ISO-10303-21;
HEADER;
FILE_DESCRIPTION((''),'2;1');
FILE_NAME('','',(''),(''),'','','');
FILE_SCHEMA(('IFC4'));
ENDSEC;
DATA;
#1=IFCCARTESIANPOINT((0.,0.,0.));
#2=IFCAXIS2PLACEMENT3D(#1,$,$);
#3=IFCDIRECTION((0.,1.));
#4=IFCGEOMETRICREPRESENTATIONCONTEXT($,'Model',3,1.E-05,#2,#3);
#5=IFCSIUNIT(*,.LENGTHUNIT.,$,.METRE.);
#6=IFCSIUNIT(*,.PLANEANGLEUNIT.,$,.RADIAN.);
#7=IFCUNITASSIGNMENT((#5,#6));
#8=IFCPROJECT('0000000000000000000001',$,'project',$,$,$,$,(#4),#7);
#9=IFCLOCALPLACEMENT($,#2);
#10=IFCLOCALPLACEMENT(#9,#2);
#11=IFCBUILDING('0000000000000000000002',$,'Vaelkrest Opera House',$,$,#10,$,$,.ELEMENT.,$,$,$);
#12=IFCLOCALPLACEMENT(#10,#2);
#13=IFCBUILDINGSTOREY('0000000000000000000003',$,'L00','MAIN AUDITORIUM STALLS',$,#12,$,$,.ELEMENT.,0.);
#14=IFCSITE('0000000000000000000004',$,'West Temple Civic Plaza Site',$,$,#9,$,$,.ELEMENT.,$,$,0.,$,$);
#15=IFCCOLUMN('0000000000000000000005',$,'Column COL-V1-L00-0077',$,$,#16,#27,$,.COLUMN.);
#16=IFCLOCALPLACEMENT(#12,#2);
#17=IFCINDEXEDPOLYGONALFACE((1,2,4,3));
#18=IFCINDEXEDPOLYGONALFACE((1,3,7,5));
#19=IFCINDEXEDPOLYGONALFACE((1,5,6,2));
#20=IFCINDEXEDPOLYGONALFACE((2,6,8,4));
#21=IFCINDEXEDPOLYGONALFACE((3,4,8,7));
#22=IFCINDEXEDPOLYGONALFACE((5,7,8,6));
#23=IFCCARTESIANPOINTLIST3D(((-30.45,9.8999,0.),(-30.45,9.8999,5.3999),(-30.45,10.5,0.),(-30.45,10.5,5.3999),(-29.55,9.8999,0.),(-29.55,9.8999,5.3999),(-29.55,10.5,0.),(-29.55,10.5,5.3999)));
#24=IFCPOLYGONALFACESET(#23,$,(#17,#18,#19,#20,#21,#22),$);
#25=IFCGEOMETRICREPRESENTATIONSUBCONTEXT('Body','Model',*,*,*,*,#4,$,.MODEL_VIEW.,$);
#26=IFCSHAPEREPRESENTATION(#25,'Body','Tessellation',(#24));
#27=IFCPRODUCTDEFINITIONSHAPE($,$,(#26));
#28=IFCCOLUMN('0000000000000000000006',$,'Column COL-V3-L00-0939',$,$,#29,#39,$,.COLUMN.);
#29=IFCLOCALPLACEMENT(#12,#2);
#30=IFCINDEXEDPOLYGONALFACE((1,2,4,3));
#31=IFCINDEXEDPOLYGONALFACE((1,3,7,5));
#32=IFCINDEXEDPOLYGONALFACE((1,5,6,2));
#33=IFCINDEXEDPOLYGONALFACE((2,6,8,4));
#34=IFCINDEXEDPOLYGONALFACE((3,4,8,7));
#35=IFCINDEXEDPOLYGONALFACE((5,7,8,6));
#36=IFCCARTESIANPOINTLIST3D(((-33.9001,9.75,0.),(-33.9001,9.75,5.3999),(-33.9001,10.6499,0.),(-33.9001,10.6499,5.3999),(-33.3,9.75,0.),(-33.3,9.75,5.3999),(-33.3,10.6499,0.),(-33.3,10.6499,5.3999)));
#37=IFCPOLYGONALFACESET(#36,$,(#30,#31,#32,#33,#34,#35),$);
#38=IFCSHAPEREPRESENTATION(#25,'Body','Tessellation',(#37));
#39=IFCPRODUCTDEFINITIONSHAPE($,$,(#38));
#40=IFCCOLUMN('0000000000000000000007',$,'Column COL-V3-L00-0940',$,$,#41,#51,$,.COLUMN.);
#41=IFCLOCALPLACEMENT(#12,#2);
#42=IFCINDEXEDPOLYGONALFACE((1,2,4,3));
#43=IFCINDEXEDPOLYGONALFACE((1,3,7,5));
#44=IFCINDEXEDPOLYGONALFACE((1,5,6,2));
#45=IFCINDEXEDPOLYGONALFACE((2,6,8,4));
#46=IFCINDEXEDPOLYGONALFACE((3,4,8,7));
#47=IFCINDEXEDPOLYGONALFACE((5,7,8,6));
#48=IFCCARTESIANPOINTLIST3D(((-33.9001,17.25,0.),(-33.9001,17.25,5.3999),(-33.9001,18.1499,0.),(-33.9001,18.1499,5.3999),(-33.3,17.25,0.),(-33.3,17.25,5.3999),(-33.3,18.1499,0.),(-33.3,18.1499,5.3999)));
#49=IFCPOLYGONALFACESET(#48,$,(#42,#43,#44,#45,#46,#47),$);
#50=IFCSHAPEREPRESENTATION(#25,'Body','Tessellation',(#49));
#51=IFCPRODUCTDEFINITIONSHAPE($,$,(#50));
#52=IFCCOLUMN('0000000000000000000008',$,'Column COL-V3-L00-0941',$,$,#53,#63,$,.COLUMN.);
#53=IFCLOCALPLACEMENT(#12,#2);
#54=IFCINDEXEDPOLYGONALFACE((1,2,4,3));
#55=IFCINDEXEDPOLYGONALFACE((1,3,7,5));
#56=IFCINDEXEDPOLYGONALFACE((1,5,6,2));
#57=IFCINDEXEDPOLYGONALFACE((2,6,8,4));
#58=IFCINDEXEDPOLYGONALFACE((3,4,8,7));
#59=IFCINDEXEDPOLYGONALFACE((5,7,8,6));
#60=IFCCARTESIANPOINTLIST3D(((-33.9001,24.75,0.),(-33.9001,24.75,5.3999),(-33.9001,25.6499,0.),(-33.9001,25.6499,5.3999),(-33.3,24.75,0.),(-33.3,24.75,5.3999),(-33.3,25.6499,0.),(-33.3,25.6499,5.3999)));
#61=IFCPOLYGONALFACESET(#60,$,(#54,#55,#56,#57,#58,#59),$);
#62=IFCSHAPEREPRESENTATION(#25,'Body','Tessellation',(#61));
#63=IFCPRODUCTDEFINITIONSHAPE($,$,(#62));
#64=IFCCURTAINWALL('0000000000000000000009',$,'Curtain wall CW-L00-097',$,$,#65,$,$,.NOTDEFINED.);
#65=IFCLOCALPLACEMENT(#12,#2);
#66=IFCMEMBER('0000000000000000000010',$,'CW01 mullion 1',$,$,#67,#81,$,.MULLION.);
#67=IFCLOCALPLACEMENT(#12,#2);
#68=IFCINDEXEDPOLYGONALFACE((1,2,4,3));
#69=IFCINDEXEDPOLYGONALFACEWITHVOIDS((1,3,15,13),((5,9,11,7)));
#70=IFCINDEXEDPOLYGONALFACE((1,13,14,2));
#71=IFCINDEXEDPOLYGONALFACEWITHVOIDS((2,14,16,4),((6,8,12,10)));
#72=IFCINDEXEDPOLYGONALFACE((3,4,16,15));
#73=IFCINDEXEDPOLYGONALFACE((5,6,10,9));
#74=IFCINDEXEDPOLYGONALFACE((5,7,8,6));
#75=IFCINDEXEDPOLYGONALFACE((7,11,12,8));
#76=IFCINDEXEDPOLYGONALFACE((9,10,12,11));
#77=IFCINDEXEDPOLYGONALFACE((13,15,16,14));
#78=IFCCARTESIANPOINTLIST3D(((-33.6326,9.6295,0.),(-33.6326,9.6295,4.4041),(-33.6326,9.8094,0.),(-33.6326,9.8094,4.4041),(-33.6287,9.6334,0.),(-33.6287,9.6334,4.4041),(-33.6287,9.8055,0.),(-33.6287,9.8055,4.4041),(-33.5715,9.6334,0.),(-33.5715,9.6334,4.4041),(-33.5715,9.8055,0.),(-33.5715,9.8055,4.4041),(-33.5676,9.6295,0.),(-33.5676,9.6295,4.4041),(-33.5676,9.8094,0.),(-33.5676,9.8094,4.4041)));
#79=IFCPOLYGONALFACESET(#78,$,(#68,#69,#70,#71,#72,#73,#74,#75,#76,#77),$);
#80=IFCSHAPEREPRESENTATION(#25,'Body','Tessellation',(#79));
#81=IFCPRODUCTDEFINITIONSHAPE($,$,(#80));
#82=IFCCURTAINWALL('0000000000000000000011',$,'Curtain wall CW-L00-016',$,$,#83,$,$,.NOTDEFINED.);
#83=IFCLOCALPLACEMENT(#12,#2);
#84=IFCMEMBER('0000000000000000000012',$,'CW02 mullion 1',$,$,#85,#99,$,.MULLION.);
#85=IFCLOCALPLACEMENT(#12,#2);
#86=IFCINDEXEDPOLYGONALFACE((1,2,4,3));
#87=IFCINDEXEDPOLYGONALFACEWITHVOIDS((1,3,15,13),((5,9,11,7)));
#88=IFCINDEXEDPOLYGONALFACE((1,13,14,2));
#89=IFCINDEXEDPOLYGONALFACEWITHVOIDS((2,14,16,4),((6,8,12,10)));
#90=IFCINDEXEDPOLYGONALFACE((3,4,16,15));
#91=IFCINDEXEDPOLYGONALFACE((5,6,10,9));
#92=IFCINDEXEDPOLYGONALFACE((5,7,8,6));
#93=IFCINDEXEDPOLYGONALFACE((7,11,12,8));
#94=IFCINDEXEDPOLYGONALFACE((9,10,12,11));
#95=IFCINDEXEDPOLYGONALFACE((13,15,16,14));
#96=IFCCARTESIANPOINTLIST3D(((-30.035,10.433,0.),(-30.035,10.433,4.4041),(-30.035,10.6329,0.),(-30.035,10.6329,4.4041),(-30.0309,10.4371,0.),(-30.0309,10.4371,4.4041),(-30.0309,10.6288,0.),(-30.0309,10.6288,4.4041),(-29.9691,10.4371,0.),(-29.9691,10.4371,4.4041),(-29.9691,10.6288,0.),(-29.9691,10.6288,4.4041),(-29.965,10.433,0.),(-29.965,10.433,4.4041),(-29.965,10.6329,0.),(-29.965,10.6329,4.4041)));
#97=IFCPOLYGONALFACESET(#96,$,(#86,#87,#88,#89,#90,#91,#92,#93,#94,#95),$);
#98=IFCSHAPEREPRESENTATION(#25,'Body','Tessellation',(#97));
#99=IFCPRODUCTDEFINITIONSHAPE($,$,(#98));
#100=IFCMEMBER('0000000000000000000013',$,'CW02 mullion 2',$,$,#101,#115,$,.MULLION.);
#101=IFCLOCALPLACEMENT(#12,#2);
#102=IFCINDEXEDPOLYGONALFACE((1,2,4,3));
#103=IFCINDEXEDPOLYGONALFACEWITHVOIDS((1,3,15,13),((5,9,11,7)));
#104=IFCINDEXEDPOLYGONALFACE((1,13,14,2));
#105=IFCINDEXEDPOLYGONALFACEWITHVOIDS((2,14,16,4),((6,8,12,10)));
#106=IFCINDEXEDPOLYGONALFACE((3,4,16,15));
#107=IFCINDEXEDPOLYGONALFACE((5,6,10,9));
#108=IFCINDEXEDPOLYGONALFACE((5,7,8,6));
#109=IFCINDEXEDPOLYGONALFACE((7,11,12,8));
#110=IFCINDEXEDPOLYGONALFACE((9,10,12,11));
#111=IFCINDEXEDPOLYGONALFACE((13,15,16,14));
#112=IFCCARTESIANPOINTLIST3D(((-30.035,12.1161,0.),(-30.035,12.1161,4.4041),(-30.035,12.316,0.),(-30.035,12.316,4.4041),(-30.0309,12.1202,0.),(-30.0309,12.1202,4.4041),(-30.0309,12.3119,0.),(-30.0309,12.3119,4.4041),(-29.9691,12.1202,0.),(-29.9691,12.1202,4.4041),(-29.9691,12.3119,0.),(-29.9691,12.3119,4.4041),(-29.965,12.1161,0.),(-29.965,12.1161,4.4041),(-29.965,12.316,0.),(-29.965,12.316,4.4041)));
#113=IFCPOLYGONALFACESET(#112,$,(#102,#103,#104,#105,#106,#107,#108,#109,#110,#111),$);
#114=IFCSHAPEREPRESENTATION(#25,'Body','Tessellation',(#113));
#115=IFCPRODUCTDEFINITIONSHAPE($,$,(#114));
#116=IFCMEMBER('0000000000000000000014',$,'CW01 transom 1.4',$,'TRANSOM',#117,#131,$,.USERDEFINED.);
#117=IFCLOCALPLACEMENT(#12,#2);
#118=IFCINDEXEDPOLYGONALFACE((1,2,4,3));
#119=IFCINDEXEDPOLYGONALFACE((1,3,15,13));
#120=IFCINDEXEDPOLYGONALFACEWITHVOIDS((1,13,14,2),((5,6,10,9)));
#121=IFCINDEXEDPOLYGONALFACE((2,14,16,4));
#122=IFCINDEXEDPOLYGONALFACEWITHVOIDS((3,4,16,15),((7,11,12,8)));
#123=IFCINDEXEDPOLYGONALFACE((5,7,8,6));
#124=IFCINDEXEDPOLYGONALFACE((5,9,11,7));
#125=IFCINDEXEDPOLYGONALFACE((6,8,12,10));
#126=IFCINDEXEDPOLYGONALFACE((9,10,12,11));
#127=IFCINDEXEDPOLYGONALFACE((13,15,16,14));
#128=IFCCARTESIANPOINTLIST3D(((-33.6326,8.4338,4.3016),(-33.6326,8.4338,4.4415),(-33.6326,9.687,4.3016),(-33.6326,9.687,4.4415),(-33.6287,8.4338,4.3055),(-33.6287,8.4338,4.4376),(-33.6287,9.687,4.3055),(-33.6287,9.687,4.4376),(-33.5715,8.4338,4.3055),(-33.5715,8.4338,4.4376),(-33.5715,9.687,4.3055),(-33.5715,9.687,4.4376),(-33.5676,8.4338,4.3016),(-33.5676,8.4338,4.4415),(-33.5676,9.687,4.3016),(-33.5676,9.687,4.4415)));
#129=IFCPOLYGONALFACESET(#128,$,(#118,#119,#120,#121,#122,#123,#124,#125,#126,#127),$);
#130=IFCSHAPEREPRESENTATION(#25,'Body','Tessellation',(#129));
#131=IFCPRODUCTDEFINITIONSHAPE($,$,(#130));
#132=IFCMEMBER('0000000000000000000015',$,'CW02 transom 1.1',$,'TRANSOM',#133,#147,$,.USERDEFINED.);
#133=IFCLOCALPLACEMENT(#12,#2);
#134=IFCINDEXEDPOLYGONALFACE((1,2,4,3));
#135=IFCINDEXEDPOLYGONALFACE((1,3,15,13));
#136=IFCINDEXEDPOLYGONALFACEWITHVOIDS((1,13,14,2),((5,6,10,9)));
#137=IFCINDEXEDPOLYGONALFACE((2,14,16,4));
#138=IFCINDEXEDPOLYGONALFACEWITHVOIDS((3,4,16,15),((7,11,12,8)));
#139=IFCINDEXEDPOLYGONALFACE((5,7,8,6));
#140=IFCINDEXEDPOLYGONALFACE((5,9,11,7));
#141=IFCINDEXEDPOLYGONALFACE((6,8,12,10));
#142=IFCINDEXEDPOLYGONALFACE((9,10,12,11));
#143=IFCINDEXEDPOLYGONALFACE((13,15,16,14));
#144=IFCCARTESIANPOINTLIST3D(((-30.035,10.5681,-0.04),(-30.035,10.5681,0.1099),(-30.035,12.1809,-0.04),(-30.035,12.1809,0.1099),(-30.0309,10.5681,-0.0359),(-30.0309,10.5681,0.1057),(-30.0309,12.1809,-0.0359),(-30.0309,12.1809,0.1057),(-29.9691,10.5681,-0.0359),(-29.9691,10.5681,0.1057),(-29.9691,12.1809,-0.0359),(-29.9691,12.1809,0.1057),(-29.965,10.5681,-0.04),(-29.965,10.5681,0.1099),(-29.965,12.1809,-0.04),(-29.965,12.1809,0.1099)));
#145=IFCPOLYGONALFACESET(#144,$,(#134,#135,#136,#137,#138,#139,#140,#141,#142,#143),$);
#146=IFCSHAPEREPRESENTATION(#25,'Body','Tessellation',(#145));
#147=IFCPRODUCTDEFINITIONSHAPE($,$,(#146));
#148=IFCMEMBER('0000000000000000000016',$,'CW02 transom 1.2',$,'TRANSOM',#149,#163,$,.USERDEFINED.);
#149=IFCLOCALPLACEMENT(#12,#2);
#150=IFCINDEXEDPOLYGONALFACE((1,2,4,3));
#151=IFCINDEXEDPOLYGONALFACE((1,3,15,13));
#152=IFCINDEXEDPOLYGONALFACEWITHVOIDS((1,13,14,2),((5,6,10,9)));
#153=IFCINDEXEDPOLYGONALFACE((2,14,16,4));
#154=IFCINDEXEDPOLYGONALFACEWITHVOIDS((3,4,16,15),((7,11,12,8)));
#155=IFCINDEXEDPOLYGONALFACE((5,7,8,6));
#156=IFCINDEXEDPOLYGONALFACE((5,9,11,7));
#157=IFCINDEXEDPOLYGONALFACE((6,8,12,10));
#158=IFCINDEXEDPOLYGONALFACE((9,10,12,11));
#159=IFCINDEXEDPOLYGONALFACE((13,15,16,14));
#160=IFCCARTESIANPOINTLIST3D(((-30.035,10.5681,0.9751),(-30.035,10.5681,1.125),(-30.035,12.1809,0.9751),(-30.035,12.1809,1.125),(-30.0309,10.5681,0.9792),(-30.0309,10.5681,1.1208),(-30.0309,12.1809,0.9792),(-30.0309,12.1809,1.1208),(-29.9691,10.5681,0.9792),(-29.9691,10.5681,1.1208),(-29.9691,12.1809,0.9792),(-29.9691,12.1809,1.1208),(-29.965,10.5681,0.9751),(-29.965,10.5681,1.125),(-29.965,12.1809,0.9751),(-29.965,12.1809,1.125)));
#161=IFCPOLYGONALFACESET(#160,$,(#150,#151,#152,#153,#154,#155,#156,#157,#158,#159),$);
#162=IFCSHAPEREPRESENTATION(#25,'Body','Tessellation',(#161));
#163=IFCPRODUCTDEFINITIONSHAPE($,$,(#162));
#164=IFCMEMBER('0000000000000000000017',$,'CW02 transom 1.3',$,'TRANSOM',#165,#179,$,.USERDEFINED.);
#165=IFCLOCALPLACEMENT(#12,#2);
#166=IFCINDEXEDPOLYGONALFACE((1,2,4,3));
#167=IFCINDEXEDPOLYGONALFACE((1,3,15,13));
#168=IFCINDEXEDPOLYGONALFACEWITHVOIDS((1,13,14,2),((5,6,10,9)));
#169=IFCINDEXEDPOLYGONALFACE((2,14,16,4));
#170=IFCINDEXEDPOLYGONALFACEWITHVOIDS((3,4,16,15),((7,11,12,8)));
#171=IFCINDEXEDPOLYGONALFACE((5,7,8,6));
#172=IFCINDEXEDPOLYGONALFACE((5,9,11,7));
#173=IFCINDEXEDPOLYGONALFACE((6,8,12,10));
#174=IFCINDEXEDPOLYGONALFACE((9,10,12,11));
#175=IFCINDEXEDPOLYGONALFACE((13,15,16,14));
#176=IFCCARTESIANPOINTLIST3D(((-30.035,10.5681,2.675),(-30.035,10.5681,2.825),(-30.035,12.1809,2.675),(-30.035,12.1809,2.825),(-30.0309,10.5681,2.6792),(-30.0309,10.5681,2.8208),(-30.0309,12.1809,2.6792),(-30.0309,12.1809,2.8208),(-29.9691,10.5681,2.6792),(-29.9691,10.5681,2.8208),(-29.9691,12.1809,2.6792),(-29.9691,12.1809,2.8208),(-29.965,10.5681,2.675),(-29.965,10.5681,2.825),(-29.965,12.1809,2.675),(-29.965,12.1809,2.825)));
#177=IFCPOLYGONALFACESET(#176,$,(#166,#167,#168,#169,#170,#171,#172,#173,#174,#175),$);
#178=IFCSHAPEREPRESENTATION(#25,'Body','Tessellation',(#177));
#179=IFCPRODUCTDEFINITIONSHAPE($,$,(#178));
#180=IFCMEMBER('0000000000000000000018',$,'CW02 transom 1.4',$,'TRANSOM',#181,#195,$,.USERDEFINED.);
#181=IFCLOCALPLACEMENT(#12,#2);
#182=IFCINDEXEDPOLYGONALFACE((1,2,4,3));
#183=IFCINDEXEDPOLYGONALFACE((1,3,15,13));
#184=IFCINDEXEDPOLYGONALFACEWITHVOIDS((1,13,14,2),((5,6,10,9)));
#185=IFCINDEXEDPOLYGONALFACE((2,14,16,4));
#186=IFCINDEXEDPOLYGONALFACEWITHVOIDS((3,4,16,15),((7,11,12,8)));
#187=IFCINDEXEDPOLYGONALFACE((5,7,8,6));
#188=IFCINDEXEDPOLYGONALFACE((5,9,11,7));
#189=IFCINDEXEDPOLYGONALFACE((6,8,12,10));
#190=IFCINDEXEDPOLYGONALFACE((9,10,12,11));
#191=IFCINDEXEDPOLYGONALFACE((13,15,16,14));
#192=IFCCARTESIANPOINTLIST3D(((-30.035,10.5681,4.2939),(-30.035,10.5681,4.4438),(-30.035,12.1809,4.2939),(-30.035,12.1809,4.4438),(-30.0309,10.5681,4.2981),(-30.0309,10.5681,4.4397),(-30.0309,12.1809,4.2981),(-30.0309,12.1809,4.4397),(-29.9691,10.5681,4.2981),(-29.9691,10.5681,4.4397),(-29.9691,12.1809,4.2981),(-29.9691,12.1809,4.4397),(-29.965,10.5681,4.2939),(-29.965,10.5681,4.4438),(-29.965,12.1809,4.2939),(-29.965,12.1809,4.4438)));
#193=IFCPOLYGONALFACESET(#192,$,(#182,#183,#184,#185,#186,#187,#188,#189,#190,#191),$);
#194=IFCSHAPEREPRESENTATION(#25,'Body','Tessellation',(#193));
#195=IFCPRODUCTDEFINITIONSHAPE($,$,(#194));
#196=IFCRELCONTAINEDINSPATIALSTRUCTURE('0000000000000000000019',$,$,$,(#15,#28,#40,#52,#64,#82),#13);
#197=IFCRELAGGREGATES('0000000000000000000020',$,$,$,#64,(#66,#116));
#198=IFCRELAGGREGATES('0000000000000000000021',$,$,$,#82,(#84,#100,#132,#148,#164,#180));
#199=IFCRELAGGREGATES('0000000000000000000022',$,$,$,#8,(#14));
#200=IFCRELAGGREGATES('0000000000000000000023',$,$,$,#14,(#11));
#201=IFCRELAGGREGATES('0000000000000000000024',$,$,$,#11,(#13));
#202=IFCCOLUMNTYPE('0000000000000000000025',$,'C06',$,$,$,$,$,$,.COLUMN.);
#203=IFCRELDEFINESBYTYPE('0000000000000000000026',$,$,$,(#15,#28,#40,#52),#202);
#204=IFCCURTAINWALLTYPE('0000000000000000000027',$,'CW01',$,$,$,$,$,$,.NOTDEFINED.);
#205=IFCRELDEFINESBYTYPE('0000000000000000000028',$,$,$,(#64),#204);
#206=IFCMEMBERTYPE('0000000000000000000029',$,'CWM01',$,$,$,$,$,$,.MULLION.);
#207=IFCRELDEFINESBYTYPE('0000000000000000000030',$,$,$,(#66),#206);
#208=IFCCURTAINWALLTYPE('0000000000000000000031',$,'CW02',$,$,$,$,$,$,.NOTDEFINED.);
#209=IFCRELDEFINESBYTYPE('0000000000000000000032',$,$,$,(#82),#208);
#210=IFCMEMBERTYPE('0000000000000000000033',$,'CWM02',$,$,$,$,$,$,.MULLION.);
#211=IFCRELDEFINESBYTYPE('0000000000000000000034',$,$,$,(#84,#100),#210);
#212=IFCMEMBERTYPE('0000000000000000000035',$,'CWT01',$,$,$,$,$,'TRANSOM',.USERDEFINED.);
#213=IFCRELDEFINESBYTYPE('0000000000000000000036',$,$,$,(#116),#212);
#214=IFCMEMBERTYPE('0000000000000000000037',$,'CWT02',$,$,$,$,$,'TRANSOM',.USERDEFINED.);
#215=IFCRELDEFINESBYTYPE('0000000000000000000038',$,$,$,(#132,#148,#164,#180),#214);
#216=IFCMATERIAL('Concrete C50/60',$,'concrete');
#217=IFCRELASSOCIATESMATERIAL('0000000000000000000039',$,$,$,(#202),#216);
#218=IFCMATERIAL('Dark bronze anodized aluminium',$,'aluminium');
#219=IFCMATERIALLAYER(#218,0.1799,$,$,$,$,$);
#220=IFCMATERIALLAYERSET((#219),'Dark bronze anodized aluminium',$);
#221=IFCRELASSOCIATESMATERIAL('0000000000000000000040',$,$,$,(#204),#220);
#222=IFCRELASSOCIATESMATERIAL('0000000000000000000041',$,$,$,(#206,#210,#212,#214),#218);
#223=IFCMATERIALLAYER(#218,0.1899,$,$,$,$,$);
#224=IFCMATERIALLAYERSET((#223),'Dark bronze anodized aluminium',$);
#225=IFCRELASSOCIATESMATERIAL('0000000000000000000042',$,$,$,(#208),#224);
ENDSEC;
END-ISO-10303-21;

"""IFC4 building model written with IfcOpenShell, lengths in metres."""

from ifc_helpers import new_model, si_unit, direction, frame, origin, origin_2d, place, context, subcontext, project, spatial, rectangle, hollow_rectangle, extrude, material, layer, layer_set, material_profile, profile_set, type_object, element, aggregate, save


model = new_model("IFC4")

# Units and contexts
model_context = context("Model", 3, precision=1e-05, world=origin(), true_north=direction((0.0, 1.0)))
body_context = subcontext(model_context, "Body", "Model", "MODEL_VIEW")
ifc_project = project(units=[si_unit("LENGTHUNIT", "METRE"), si_unit("PLANEANGLEUNIT", "RADIAN")], contexts=[model_context])

# Site, building, storey
site_placement = place(None, origin())
site = spatial("IfcSite", under=ifc_project, at=site_placement, Name="West Temple Civic Plaza Site", CompositionType="ELEMENT", RefElevation=0.0)
building_placement = place(site_placement, origin())
building = spatial("IfcBuilding", under=site, at=building_placement, Name="Vaelkrest Opera House", CompositionType="ELEMENT")
storey_placement = place(building_placement, origin())
storey = spatial("IfcBuildingStorey", under=building, at=storey_placement, Name="L00", Description="MAIN AUDITORIUM STALLS", CompositionType="ELEMENT", Elevation=0.0)

# Columns
ifc_material_1 = material(Name="Concrete C50/60", Category="concrete")
ifc_material_profile_1 = material_profile(ifc_material_1, rectangle(XDim=0.6001, YDim=0.8999, at=origin_2d()), Name="RC600X900")
ifc_profile_set_1 = profile_set([ifc_material_profile_1], Name="Concrete C50/60")
column_type = type_object("IfcColumnType", Name="C06", PredefinedType="COLUMN", material=ifc_profile_set_1)
for number, where, z_axis, x_axis, name in (
    (1, (-30.0, 10.2, 0.0), (0.0, 0.0, 1.0), (0.0, 1.0, 0.0), "Column COL-V1-L00-0077"),
    (2, (-33.6001, 10.2, 0.0), (0.0, 0.0, 1.0), (1.0, 0.0, 0.0), "Column COL-V3-L00-0939"),
    (3, (-33.6001, 17.7, 0.0), (0.0, 0.0, 1.0), (1.0, 0.0, 0.0), "Column COL-V3-L00-0940"),
    (4, (-33.6001, 25.2, 0.0), (0.0, 0.0, 1.0), (1.0, 0.0, 0.0), "Column COL-V3-L00-0941"),
):
    element("IfcColumn", number, at=place(storey_placement, frame(where, z_axis=z_axis, x_axis=x_axis)), inside=storey, type_object=column_type, Name=name, PredefinedType="COLUMN", context=body_context, shape_type="SweptSolid", body=[
        extrude(rectangle(XDim=0.6001, YDim=0.8999, at=origin_2d()), origin(), (0.0, 0.0, 1.0), 5.3999),
    ])

# Curtain wall, member
ifc_material_2 = material(Name="Dark bronze anodized aluminium", Category="aluminium")
ifc_layer_1 = layer(ifc_material_2, 0.1799)
ifc_layer_set_1 = layer_set([ifc_layer_1], Name="Dark bronze anodized aluminium")
curtain_wall_type_1 = type_object("IfcCurtainWallType", Name="CW01", PredefinedType="NOTDEFINED", material=ifc_layer_set_1)
curtain_wall_1_placement = place(storey_placement, origin())
curtain_wall_1 = element("IfcCurtainWall", 5, at=curtain_wall_1_placement, inside=storey, type_object=curtain_wall_type_1, Name="Curtain wall CW-L00-097", PredefinedType="NOTDEFINED")
ifc_material_profile_2 = material_profile(ifc_material_2, hollow_rectangle(XDim=0.0649, YDim=0.1799, WallThickness=0.0039, at=origin_2d()), Name="CWM65X180")
ifc_profile_set_2 = profile_set([ifc_material_profile_2], Name="Dark bronze anodized aluminium")
member_type_1 = type_object("IfcMemberType", Name="CWM01", PredefinedType="MULLION", material=ifc_profile_set_2)
member_1_placement = place(storey_placement, frame((-33.6001, 9.7195, 0.0), z_axis=(0.0, 0.0, 1.0), x_axis=(1.0, 0.0, 0.0)))
member_1 = element("IfcMember", 6, at=member_1_placement, type_object=member_type_1, Name="CW01 mullion 1", PredefinedType="MULLION", context=body_context, shape_type="SweptSolid", body=[
    extrude(hollow_rectangle(XDim=0.0649, YDim=0.1799, WallThickness=0.0039, at=origin_2d()), origin(), (0.0, 0.0, 1.0), 4.4041),
])

# Curtain wall, members
ifc_layer_2 = layer(ifc_material_2, 0.1899)
ifc_layer_set_2 = layer_set([ifc_layer_2], Name="Dark bronze anodized aluminium")
curtain_wall_type_2 = type_object("IfcCurtainWallType", Name="CW02", PredefinedType="NOTDEFINED", material=ifc_layer_set_2)
curtain_wall_2_placement = place(storey_placement, origin())
curtain_wall_2 = element("IfcCurtainWall", 7, at=curtain_wall_2_placement, inside=storey, type_object=curtain_wall_type_2, Name="Curtain wall CW-L00-016", PredefinedType="NOTDEFINED")
ifc_material_profile_3 = material_profile(ifc_material_2, hollow_rectangle(XDim=0.0701, YDim=0.2, WallThickness=0.0042, at=origin_2d()), Name="CWM70X200")
ifc_profile_set_3 = profile_set([ifc_material_profile_3], Name="Dark bronze anodized aluminium")
member_type_2 = type_object("IfcMemberType", Name="CWM02", PredefinedType="MULLION", material=ifc_profile_set_3)
member_2_placement = place(storey_placement, frame((-30.0, 10.533, 0.0), z_axis=(0.0, 0.0, 1.0), x_axis=(-1.0, 0.0, 0.0)))
member_2 = element("IfcMember", 8, at=member_2_placement, type_object=member_type_2, Name="CW02 mullion 1", PredefinedType="MULLION", context=body_context, shape_type="SweptSolid", body=[
    extrude(hollow_rectangle(XDim=0.0701, YDim=0.2, WallThickness=0.0042, at=origin_2d()), origin(), (0.0, 0.0, 1.0), 4.4041),
])
member_3_placement = place(storey_placement, frame((-30.0, 12.2161, 0.0), z_axis=(0.0, 0.0, 1.0), x_axis=(-1.0, 0.0, 0.0)))
member_3 = element("IfcMember", 9, at=member_3_placement, type_object=member_type_2, Name="CW02 mullion 2", PredefinedType="MULLION", context=body_context, shape_type="SweptSolid", body=[
    extrude(hollow_rectangle(XDim=0.0701, YDim=0.2, WallThickness=0.0042, at=origin_2d()), origin(), (0.0, 0.0, 1.0), 4.4041),
])

# Members
ifc_material_profile_4 = material_profile(ifc_material_2, hollow_rectangle(XDim=0.0649, YDim=0.1399, WallThickness=0.0039, at=origin_2d()), Name="CWT65X140")
ifc_profile_set_4 = profile_set([ifc_material_profile_4], Name="Dark bronze anodized aluminium")
member_type_3 = type_object("IfcMemberType", Name="CWT01", ElementType="TRANSOM", PredefinedType="USERDEFINED", material=ifc_profile_set_4)
member_4_placement = place(storey_placement, frame((-33.6001, 9.687, 4.3716), z_axis=(0.0, -1.0, 0.0), x_axis=(1.0, 0.0, 0.0)))
member_4 = element("IfcMember", 10, at=member_4_placement, type_object=member_type_3, Name="CW01 transom 1.4", ObjectType="TRANSOM", PredefinedType="USERDEFINED", context=body_context, shape_type="SweptSolid", body=[
    extrude(hollow_rectangle(XDim=0.0649, YDim=0.1399, WallThickness=0.0039, at=origin_2d()), origin(), (0.0, 0.0, 1.0), 1.2532),
])
aggregate(curtain_wall_1, [member_1, member_4])
ifc_material_profile_5 = material_profile(ifc_material_2, hollow_rectangle(XDim=0.0701, YDim=0.1499, WallThickness=0.0042, at=origin_2d()), Name="CWT70X150")
ifc_profile_set_5 = profile_set([ifc_material_profile_5], Name="Dark bronze anodized aluminium")
member_type_4 = type_object("IfcMemberType", Name="CWT02", ElementType="TRANSOM", PredefinedType="USERDEFINED", material=ifc_profile_set_5)
member_5_placement = place(storey_placement, frame((-30.0, 10.5681, 0.0349), z_axis=(0.0, 1.0, 0.0), x_axis=(-1.0, 0.0, 0.0)))
member_5 = element("IfcMember", 11, at=member_5_placement, type_object=member_type_4, Name="CW02 transom 1.1", ObjectType="TRANSOM", PredefinedType="USERDEFINED", context=body_context, shape_type="SweptSolid", body=[
    extrude(hollow_rectangle(XDim=0.0701, YDim=0.1499, WallThickness=0.0042, at=origin_2d()), origin(), (0.0, 0.0, 1.0), 1.6128),
])
member_6_placement = place(storey_placement, frame((-30.0, 10.5681, 1.05), z_axis=(0.0, 1.0, 0.0), x_axis=(-1.0, 0.0, 0.0)))
member_6 = element("IfcMember", 12, at=member_6_placement, type_object=member_type_4, Name="CW02 transom 1.2", ObjectType="TRANSOM", PredefinedType="USERDEFINED", context=body_context, shape_type="SweptSolid", body=[
    extrude(hollow_rectangle(XDim=0.0701, YDim=0.1499, WallThickness=0.0042, at=origin_2d()), origin(), (0.0, 0.0, 1.0), 1.6128),
])
member_7_placement = place(storey_placement, frame((-30.0, 10.5681, 2.75), z_axis=(0.0, 1.0, 0.0), x_axis=(-1.0, 0.0, 0.0)))
member_7 = element("IfcMember", 13, at=member_7_placement, type_object=member_type_4, Name="CW02 transom 1.3", ObjectType="TRANSOM", PredefinedType="USERDEFINED", context=body_context, shape_type="SweptSolid", body=[
    extrude(hollow_rectangle(XDim=0.0701, YDim=0.1499, WallThickness=0.0042, at=origin_2d()), origin(), (0.0, 0.0, 1.0), 1.6128),
])
member_8_placement = place(storey_placement, frame((-30.0, 10.5681, 4.3689), z_axis=(0.0, 1.0, 0.0), x_axis=(-1.0, 0.0, 0.0)))
member_8 = element("IfcMember", 14, at=member_8_placement, type_object=member_type_4, Name="CW02 transom 1.4", ObjectType="TRANSOM", PredefinedType="USERDEFINED", context=body_context, shape_type="SweptSolid", body=[
    extrude(hollow_rectangle(XDim=0.0701, YDim=0.1499, WallThickness=0.0042, at=origin_2d()), origin(), (0.0, 0.0, 1.0), 1.6128),
])

aggregate(curtain_wall_2, [member_2, member_3, member_5, member_6, member_7, member_8])

save(model, "model.ifc")
